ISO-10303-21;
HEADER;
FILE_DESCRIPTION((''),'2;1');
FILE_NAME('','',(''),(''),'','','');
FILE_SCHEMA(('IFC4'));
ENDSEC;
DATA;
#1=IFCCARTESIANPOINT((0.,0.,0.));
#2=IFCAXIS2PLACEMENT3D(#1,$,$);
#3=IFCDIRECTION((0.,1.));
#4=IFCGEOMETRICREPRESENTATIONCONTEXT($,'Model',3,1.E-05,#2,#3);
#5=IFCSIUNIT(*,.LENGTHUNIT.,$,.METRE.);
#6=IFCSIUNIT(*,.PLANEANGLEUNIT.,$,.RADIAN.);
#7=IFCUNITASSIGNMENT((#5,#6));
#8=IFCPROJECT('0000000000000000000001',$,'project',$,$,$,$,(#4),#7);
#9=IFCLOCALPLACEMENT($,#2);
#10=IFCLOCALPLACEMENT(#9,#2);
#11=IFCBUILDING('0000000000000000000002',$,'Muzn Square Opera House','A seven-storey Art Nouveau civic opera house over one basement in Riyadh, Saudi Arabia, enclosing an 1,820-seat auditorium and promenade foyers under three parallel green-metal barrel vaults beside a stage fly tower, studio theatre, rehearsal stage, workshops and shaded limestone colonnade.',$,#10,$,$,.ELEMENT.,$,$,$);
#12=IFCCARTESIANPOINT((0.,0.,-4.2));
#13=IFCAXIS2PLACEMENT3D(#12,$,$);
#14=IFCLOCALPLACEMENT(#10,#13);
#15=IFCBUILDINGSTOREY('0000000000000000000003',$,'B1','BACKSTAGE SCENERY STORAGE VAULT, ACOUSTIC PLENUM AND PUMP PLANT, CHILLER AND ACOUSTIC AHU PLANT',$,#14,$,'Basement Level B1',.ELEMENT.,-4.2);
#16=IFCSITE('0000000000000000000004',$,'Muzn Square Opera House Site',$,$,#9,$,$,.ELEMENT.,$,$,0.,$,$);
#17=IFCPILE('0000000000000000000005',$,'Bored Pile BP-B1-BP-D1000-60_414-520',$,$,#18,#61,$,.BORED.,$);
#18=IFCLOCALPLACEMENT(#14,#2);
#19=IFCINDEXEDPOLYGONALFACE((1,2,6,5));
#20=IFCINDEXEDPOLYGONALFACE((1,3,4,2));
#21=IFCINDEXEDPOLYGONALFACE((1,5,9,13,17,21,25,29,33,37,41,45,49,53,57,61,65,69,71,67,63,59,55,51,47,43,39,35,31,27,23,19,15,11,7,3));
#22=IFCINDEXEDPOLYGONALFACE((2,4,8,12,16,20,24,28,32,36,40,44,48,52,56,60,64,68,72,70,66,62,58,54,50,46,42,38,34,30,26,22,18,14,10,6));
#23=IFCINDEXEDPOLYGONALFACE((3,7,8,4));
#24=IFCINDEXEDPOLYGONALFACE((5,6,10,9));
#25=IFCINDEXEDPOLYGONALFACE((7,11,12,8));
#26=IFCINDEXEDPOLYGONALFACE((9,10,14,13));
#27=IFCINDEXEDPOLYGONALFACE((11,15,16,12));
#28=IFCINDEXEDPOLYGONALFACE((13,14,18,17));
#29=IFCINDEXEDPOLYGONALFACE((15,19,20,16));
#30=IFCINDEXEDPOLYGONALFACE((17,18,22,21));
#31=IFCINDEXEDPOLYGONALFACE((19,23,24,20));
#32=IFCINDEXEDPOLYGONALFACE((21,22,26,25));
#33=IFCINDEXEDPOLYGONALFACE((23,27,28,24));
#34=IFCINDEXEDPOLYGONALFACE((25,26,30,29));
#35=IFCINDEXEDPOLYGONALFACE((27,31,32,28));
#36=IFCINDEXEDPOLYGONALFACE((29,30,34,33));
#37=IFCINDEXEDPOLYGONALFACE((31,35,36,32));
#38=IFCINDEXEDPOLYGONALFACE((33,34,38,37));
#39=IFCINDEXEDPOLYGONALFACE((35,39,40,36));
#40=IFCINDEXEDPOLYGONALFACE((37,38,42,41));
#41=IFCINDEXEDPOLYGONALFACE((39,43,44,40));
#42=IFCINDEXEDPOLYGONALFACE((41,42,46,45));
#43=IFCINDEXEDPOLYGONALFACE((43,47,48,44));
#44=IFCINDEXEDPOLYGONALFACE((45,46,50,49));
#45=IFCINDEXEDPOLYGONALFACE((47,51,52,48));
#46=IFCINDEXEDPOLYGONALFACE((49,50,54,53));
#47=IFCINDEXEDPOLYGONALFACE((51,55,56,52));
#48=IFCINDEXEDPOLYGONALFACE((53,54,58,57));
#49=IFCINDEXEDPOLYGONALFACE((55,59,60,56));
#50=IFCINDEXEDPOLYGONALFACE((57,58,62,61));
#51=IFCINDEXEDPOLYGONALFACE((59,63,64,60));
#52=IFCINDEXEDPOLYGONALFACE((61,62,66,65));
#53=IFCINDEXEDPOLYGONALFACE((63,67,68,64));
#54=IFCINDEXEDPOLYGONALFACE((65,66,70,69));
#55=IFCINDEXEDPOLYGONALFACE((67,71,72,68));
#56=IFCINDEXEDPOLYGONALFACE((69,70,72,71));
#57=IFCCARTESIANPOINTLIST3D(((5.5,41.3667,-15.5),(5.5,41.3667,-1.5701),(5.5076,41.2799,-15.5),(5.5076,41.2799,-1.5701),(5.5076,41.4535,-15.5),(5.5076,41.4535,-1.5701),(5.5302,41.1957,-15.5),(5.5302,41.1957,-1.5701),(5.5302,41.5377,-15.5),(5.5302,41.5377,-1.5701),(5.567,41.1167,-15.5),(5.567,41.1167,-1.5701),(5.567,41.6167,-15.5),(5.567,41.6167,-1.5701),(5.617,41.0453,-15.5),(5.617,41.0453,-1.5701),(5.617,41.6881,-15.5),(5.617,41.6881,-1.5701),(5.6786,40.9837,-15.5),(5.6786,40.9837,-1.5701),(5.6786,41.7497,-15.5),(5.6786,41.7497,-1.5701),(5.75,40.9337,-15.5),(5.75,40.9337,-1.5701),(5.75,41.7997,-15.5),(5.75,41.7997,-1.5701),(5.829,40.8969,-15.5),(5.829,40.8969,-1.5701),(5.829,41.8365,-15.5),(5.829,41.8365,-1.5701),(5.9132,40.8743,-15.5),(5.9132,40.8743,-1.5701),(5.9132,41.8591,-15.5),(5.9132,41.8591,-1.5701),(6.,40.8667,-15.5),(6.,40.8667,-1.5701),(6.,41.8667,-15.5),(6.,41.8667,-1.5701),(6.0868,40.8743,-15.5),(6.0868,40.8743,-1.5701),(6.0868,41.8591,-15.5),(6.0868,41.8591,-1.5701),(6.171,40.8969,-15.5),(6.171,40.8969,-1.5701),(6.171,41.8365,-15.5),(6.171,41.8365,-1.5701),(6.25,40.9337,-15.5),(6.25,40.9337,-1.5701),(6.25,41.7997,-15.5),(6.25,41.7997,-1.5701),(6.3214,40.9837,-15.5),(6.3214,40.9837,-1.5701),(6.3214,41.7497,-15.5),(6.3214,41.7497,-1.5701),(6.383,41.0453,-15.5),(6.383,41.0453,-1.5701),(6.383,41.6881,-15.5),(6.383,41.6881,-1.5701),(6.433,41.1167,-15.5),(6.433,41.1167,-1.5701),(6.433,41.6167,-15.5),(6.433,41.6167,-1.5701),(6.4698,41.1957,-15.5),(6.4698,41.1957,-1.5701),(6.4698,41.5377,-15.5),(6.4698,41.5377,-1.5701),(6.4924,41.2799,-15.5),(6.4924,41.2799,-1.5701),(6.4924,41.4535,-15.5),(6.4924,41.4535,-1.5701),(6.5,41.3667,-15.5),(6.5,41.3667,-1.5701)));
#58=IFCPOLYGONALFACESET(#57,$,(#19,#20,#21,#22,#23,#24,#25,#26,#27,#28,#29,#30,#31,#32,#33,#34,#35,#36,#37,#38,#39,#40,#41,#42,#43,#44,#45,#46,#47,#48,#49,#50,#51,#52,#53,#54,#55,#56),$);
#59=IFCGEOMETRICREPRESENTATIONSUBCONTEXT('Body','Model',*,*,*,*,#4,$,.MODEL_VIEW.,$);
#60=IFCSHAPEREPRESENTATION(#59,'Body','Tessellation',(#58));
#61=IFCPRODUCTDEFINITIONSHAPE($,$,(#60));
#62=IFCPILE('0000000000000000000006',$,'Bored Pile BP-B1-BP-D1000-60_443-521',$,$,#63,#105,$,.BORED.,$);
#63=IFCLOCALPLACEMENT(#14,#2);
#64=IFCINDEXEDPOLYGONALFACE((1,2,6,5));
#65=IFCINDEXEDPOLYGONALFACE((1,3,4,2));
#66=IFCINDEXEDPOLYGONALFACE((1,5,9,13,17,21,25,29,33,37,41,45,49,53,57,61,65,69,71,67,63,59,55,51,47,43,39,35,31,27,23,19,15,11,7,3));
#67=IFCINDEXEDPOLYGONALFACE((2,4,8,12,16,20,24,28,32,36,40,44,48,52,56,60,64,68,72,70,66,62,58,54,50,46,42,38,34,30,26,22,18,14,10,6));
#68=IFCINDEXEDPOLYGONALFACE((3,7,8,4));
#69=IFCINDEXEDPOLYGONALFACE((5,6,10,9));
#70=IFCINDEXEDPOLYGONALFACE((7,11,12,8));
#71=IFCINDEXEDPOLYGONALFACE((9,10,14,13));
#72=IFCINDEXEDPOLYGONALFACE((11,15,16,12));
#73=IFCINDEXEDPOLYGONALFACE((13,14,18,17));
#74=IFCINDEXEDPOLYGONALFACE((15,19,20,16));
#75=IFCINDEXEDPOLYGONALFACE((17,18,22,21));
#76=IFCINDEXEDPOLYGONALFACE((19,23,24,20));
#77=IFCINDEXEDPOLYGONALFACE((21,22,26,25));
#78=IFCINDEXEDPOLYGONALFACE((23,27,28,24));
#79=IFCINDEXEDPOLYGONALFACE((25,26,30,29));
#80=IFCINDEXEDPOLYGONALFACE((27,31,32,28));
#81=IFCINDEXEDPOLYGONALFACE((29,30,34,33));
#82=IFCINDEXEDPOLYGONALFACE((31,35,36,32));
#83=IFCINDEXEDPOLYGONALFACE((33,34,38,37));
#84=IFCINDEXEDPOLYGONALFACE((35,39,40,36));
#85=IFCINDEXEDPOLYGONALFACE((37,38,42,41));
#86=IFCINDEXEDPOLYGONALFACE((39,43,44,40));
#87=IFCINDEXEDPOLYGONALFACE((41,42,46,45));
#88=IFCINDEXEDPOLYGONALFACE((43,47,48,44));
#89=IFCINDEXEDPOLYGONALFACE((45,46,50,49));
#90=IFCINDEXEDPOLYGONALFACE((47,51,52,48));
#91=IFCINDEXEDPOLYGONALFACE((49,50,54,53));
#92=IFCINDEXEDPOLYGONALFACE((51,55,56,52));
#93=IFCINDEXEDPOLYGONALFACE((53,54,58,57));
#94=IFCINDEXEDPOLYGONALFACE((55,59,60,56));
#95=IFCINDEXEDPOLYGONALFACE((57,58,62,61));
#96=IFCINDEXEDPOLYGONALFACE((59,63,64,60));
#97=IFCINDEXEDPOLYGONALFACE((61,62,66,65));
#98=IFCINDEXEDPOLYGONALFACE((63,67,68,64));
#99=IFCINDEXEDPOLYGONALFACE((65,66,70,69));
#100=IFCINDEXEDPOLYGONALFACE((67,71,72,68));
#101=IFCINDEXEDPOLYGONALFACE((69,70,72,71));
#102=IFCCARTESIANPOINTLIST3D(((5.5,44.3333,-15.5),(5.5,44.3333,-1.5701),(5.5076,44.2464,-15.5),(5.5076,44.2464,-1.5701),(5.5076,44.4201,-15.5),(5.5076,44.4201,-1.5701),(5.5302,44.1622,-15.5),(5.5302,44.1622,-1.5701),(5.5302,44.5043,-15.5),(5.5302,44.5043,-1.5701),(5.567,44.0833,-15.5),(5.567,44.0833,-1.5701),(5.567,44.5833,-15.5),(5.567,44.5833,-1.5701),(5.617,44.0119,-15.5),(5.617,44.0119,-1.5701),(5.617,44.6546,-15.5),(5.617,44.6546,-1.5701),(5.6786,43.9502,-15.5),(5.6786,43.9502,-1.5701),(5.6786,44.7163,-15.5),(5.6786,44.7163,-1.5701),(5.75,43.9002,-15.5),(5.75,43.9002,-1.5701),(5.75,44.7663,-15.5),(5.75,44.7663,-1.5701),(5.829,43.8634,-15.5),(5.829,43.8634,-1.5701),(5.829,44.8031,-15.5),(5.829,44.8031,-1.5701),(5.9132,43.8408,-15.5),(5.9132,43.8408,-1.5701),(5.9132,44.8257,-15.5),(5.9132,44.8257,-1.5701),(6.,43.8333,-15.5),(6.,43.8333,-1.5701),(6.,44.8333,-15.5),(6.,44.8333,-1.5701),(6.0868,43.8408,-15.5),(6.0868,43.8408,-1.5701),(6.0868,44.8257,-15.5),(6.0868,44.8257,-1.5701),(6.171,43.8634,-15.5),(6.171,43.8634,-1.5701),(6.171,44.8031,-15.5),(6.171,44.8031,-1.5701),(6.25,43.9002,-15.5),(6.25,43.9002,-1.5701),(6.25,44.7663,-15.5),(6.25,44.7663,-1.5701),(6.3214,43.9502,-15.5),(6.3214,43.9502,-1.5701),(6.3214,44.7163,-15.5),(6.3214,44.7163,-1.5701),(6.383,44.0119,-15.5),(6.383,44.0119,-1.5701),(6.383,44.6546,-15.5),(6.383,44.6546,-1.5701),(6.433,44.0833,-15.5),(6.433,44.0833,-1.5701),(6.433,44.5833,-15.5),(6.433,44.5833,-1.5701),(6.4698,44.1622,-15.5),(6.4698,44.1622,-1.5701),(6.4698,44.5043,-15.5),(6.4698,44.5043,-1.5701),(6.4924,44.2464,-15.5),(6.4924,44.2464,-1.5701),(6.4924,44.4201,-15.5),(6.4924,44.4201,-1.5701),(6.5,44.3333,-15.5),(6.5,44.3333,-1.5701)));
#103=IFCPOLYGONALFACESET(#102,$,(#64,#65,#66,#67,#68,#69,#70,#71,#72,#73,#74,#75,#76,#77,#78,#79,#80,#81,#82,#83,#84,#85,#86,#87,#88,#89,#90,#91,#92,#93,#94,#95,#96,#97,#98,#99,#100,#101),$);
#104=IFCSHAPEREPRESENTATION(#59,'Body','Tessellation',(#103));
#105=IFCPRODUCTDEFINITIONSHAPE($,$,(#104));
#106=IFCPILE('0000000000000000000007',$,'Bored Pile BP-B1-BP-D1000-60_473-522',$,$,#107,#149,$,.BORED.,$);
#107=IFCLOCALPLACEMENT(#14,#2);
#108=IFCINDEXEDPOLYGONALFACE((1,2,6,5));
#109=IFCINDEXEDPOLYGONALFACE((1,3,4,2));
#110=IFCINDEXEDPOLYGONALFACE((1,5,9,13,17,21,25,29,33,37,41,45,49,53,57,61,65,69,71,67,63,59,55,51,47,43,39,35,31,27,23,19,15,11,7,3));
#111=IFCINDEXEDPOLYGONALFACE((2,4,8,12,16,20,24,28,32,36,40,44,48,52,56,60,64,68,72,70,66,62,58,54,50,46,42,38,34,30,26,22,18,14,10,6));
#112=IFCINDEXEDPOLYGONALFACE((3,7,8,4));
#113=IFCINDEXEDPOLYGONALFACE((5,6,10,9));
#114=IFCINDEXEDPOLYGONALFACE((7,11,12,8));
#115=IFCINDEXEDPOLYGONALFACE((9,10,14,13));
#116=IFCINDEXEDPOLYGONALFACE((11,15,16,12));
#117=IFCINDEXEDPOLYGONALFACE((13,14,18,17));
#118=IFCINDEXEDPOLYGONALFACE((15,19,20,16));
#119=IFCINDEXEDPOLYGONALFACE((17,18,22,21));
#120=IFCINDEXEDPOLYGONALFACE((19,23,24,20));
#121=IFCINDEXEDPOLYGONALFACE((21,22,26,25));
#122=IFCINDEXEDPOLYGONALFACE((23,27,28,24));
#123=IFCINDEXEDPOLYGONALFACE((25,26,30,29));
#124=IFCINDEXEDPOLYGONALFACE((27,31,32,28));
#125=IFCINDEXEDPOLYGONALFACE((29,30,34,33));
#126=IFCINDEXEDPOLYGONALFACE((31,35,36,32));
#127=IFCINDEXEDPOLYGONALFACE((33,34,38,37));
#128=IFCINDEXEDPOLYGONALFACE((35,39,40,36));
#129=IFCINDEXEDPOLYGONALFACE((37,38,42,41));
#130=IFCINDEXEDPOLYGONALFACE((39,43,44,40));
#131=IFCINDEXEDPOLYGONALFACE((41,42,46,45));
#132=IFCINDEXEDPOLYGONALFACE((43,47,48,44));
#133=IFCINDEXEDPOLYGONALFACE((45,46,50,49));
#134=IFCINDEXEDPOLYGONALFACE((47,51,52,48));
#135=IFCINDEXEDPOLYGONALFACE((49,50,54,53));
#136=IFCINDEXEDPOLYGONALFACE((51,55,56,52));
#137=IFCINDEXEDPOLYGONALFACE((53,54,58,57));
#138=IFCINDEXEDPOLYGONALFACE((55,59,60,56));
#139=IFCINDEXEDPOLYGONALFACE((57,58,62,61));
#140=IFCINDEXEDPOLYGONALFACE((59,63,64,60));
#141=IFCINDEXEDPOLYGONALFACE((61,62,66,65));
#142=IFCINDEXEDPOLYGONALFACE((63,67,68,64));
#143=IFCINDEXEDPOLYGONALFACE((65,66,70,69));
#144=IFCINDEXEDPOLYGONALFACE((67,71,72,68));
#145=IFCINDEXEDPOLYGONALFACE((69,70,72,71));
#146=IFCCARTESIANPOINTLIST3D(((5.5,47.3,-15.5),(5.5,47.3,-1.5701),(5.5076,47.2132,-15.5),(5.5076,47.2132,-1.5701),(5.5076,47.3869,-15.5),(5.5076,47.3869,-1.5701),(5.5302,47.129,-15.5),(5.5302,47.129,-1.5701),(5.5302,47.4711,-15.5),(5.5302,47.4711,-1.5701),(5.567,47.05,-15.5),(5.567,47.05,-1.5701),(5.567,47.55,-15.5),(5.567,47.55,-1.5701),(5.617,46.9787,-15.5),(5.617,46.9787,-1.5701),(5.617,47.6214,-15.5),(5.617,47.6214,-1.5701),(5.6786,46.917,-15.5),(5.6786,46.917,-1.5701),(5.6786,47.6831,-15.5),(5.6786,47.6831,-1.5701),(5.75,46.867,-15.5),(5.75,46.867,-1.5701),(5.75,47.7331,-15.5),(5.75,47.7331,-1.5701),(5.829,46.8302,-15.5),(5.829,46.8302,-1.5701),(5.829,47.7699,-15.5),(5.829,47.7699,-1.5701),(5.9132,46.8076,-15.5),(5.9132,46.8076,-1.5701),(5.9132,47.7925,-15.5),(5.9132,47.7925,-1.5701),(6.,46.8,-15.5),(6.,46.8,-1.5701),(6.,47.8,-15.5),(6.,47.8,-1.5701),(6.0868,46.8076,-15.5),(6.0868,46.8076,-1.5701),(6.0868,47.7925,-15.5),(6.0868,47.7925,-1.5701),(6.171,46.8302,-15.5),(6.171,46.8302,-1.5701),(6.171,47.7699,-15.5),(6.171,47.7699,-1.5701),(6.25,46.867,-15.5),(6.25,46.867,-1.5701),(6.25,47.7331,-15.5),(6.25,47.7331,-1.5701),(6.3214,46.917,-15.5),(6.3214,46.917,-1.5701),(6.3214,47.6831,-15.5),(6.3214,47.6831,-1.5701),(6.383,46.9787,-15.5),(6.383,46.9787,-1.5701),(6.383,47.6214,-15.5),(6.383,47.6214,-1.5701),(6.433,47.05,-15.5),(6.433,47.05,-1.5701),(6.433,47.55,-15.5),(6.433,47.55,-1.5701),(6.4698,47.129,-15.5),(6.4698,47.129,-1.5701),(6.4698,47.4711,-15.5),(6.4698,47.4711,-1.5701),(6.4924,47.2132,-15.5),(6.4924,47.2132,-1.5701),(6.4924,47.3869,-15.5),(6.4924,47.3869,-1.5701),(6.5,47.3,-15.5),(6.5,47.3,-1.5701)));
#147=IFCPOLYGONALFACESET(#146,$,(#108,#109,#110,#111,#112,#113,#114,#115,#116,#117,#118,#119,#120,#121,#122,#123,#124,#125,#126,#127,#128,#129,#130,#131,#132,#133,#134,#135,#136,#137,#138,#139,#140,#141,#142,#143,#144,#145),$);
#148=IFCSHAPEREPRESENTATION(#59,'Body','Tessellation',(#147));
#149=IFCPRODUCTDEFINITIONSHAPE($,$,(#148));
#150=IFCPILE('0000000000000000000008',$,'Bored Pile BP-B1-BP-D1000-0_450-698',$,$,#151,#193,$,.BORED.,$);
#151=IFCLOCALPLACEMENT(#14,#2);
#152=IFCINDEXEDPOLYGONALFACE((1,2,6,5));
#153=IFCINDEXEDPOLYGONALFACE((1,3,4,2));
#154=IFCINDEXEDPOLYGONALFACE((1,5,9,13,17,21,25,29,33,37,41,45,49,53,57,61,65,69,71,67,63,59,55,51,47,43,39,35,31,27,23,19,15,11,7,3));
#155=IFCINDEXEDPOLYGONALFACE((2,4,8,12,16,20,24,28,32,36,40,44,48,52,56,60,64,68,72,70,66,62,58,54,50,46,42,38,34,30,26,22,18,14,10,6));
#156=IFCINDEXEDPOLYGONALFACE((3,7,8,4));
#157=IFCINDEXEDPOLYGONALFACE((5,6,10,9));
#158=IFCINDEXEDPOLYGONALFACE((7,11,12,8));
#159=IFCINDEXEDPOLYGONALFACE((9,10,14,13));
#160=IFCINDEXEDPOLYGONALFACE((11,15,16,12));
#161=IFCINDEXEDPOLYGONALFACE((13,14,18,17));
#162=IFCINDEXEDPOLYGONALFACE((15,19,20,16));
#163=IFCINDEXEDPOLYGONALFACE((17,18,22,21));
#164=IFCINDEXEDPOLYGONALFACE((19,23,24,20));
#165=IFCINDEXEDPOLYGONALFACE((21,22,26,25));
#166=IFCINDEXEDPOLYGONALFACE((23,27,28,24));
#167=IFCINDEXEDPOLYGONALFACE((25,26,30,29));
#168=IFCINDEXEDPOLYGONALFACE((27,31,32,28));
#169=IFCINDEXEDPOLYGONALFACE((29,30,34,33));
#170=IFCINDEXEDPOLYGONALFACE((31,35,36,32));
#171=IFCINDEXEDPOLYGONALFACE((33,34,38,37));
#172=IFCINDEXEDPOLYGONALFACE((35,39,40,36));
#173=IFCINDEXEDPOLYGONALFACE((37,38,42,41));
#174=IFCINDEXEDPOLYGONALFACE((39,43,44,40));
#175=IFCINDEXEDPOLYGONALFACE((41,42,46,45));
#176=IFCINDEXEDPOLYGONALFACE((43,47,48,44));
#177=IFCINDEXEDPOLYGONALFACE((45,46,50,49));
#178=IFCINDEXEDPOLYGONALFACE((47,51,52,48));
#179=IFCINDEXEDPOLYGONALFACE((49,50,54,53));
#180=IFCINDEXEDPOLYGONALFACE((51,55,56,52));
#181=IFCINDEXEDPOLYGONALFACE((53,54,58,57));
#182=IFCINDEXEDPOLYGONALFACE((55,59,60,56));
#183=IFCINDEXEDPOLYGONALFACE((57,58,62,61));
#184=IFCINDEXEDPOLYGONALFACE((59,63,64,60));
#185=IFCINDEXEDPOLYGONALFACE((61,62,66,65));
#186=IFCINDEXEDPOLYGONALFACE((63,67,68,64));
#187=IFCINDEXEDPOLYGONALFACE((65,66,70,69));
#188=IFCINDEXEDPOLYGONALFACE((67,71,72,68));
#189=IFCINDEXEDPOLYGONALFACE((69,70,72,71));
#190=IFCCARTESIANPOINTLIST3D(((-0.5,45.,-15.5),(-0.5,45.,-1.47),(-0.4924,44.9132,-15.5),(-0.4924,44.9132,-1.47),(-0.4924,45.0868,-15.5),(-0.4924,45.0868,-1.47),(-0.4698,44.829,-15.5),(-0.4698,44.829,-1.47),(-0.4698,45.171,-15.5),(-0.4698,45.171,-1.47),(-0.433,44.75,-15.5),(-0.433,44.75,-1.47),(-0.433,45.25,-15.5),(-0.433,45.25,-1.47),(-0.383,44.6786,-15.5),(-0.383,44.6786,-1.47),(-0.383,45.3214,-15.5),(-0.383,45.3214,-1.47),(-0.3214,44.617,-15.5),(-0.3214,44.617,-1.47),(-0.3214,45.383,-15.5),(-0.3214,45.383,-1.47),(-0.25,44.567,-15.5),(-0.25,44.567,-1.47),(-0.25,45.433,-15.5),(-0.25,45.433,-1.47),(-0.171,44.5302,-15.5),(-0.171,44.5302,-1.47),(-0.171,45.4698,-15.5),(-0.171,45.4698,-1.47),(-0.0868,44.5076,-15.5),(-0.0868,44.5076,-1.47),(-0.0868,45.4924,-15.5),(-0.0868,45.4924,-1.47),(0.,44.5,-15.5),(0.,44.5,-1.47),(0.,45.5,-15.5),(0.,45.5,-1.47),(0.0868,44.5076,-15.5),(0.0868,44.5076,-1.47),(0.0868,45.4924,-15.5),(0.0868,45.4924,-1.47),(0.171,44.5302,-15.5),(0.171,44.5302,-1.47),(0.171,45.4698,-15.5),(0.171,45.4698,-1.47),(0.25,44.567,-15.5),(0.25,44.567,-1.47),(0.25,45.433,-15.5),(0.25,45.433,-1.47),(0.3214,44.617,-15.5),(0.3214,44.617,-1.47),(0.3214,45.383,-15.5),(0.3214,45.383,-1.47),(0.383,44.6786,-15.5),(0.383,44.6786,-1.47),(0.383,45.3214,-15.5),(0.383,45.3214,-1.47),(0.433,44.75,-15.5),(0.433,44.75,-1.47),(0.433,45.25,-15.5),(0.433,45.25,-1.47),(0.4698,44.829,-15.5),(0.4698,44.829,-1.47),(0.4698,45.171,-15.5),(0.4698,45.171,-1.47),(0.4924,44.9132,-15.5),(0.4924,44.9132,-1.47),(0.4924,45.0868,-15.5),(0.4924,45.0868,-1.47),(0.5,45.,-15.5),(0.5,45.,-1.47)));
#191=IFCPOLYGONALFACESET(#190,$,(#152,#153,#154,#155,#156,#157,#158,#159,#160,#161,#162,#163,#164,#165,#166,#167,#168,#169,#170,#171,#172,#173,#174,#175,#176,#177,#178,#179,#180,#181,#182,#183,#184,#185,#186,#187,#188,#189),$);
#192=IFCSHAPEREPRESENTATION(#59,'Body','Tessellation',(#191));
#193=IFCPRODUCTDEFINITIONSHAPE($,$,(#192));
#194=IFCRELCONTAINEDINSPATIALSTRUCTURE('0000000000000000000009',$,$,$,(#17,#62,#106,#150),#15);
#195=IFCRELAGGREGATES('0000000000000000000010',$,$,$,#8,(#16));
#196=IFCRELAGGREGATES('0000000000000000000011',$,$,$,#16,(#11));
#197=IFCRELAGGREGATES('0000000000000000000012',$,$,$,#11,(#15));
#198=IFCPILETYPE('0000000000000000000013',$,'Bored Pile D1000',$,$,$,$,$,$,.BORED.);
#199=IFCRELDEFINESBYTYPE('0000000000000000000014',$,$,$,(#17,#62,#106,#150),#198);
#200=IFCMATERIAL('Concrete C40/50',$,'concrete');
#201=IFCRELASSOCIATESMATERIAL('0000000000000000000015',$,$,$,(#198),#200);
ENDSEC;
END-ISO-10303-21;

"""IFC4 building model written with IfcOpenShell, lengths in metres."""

from ifc_helpers import new_model, si_unit, direction, frame, origin, origin_2d, place, context, subcontext, project, spatial, circle, extrude, material, material_profile, profile_set, type_object, element, save


model = new_model("IFC4")

# Units and contexts
model_context = context("Model", 3, precision=1e-05, world=origin(), true_north=direction((0.0, 1.0)))
body_context = subcontext(model_context, "Body", "Model", "MODEL_VIEW")
ifc_project = project(units=[si_unit("LENGTHUNIT", "METRE"), si_unit("PLANEANGLEUNIT", "RADIAN")], contexts=[model_context])

# Site, building, storey
site_placement = place(None, origin())
site = spatial("IfcSite", under=ifc_project, at=site_placement, Name="Muzn Square Opera House Site", CompositionType="ELEMENT", RefElevation=0.0)
building_placement = place(site_placement, origin())
building = spatial("IfcBuilding", under=site, at=building_placement, Name="Muzn Square Opera House", Description="A seven-storey Art Nouveau civic opera house over one basement in Riyadh, Saudi Arabia, enclosing an 1,820-seat auditorium and promenade foyers under three parallel green-metal barrel vaults beside a stage fly tower, studio theatre, rehearsal stage, workshops and shaded limestone colonnade.", CompositionType="ELEMENT")
storey_placement = place(building_placement, frame((0.0, 0.0, -4.2)))
storey = spatial("IfcBuildingStorey", under=building, at=storey_placement, Name="B1", Description="BACKSTAGE SCENERY STORAGE VAULT, ACOUSTIC PLENUM AND PUMP PLANT, CHILLER AND ACOUSTIC AHU PLANT", LongName="Basement Level B1", CompositionType="ELEMENT", Elevation=-4.2)

# Piles
ifc_material_1 = material(Name="Concrete C40/50", Category="concrete")
ifc_material_profile_1 = material_profile(ifc_material_1, circle(Radius=0.5, at=origin_2d()), Name="BORED PILE D1000", Category="concrete")
ifc_profile_set_1 = profile_set([ifc_material_profile_1], Name="Concrete C40/50")
pile_type = type_object("IfcPileType", Name="Bored Pile D1000", PredefinedType="BORED", material=ifc_profile_set_1)
for number, where, z_axis, x_axis, name in (
    (1, (6.0, 41.3667, -1.5701), (0.0, 0.0, -1.0), (1.0, 0.0, 0.0), "Bored Pile BP-B1-BP-D1000-60_414-520"),
    (2, (6.0, 44.3333, -1.5701), (0.0, 0.0, -1.0), (1.0, 0.0, 0.0), "Bored Pile BP-B1-BP-D1000-60_443-521"),
    (3, (6.0, 47.3, -1.5701), (0.0, 0.0, -1.0), (1.0, 0.0, 0.0), "Bored Pile BP-B1-BP-D1000-60_473-522"),
):
    element("IfcPile", number, at=place(storey_placement, frame(where, z_axis=z_axis, x_axis=x_axis)), inside=storey, type_object=pile_type, Name=name, PredefinedType="BORED", context=body_context, shape_type="SweptSolid", body=[
        extrude(circle(Radius=0.5, at=origin_2d()), origin(), (0.0, 0.0, 1.0), 13.9299),
    ])
for number, where, z_axis, x_axis, name in (
    (4, (0.0, 45.0, -1.47), (0.0, 0.0, -1.0), (1.0, 0.0, 0.0), "Bored Pile BP-B1-BP-D1000-0_450-698"),
):
    element("IfcPile", number, at=place(storey_placement, frame(where, z_axis=z_axis, x_axis=x_axis)), inside=storey, type_object=pile_type, Name=name, PredefinedType="BORED", context=body_context, shape_type="SweptSolid", body=[
        extrude(circle(Radius=0.5, at=origin_2d()), origin(), (0.0, 0.0, 1.0), 14.03),
    ])

save(model, "model.ifc")
